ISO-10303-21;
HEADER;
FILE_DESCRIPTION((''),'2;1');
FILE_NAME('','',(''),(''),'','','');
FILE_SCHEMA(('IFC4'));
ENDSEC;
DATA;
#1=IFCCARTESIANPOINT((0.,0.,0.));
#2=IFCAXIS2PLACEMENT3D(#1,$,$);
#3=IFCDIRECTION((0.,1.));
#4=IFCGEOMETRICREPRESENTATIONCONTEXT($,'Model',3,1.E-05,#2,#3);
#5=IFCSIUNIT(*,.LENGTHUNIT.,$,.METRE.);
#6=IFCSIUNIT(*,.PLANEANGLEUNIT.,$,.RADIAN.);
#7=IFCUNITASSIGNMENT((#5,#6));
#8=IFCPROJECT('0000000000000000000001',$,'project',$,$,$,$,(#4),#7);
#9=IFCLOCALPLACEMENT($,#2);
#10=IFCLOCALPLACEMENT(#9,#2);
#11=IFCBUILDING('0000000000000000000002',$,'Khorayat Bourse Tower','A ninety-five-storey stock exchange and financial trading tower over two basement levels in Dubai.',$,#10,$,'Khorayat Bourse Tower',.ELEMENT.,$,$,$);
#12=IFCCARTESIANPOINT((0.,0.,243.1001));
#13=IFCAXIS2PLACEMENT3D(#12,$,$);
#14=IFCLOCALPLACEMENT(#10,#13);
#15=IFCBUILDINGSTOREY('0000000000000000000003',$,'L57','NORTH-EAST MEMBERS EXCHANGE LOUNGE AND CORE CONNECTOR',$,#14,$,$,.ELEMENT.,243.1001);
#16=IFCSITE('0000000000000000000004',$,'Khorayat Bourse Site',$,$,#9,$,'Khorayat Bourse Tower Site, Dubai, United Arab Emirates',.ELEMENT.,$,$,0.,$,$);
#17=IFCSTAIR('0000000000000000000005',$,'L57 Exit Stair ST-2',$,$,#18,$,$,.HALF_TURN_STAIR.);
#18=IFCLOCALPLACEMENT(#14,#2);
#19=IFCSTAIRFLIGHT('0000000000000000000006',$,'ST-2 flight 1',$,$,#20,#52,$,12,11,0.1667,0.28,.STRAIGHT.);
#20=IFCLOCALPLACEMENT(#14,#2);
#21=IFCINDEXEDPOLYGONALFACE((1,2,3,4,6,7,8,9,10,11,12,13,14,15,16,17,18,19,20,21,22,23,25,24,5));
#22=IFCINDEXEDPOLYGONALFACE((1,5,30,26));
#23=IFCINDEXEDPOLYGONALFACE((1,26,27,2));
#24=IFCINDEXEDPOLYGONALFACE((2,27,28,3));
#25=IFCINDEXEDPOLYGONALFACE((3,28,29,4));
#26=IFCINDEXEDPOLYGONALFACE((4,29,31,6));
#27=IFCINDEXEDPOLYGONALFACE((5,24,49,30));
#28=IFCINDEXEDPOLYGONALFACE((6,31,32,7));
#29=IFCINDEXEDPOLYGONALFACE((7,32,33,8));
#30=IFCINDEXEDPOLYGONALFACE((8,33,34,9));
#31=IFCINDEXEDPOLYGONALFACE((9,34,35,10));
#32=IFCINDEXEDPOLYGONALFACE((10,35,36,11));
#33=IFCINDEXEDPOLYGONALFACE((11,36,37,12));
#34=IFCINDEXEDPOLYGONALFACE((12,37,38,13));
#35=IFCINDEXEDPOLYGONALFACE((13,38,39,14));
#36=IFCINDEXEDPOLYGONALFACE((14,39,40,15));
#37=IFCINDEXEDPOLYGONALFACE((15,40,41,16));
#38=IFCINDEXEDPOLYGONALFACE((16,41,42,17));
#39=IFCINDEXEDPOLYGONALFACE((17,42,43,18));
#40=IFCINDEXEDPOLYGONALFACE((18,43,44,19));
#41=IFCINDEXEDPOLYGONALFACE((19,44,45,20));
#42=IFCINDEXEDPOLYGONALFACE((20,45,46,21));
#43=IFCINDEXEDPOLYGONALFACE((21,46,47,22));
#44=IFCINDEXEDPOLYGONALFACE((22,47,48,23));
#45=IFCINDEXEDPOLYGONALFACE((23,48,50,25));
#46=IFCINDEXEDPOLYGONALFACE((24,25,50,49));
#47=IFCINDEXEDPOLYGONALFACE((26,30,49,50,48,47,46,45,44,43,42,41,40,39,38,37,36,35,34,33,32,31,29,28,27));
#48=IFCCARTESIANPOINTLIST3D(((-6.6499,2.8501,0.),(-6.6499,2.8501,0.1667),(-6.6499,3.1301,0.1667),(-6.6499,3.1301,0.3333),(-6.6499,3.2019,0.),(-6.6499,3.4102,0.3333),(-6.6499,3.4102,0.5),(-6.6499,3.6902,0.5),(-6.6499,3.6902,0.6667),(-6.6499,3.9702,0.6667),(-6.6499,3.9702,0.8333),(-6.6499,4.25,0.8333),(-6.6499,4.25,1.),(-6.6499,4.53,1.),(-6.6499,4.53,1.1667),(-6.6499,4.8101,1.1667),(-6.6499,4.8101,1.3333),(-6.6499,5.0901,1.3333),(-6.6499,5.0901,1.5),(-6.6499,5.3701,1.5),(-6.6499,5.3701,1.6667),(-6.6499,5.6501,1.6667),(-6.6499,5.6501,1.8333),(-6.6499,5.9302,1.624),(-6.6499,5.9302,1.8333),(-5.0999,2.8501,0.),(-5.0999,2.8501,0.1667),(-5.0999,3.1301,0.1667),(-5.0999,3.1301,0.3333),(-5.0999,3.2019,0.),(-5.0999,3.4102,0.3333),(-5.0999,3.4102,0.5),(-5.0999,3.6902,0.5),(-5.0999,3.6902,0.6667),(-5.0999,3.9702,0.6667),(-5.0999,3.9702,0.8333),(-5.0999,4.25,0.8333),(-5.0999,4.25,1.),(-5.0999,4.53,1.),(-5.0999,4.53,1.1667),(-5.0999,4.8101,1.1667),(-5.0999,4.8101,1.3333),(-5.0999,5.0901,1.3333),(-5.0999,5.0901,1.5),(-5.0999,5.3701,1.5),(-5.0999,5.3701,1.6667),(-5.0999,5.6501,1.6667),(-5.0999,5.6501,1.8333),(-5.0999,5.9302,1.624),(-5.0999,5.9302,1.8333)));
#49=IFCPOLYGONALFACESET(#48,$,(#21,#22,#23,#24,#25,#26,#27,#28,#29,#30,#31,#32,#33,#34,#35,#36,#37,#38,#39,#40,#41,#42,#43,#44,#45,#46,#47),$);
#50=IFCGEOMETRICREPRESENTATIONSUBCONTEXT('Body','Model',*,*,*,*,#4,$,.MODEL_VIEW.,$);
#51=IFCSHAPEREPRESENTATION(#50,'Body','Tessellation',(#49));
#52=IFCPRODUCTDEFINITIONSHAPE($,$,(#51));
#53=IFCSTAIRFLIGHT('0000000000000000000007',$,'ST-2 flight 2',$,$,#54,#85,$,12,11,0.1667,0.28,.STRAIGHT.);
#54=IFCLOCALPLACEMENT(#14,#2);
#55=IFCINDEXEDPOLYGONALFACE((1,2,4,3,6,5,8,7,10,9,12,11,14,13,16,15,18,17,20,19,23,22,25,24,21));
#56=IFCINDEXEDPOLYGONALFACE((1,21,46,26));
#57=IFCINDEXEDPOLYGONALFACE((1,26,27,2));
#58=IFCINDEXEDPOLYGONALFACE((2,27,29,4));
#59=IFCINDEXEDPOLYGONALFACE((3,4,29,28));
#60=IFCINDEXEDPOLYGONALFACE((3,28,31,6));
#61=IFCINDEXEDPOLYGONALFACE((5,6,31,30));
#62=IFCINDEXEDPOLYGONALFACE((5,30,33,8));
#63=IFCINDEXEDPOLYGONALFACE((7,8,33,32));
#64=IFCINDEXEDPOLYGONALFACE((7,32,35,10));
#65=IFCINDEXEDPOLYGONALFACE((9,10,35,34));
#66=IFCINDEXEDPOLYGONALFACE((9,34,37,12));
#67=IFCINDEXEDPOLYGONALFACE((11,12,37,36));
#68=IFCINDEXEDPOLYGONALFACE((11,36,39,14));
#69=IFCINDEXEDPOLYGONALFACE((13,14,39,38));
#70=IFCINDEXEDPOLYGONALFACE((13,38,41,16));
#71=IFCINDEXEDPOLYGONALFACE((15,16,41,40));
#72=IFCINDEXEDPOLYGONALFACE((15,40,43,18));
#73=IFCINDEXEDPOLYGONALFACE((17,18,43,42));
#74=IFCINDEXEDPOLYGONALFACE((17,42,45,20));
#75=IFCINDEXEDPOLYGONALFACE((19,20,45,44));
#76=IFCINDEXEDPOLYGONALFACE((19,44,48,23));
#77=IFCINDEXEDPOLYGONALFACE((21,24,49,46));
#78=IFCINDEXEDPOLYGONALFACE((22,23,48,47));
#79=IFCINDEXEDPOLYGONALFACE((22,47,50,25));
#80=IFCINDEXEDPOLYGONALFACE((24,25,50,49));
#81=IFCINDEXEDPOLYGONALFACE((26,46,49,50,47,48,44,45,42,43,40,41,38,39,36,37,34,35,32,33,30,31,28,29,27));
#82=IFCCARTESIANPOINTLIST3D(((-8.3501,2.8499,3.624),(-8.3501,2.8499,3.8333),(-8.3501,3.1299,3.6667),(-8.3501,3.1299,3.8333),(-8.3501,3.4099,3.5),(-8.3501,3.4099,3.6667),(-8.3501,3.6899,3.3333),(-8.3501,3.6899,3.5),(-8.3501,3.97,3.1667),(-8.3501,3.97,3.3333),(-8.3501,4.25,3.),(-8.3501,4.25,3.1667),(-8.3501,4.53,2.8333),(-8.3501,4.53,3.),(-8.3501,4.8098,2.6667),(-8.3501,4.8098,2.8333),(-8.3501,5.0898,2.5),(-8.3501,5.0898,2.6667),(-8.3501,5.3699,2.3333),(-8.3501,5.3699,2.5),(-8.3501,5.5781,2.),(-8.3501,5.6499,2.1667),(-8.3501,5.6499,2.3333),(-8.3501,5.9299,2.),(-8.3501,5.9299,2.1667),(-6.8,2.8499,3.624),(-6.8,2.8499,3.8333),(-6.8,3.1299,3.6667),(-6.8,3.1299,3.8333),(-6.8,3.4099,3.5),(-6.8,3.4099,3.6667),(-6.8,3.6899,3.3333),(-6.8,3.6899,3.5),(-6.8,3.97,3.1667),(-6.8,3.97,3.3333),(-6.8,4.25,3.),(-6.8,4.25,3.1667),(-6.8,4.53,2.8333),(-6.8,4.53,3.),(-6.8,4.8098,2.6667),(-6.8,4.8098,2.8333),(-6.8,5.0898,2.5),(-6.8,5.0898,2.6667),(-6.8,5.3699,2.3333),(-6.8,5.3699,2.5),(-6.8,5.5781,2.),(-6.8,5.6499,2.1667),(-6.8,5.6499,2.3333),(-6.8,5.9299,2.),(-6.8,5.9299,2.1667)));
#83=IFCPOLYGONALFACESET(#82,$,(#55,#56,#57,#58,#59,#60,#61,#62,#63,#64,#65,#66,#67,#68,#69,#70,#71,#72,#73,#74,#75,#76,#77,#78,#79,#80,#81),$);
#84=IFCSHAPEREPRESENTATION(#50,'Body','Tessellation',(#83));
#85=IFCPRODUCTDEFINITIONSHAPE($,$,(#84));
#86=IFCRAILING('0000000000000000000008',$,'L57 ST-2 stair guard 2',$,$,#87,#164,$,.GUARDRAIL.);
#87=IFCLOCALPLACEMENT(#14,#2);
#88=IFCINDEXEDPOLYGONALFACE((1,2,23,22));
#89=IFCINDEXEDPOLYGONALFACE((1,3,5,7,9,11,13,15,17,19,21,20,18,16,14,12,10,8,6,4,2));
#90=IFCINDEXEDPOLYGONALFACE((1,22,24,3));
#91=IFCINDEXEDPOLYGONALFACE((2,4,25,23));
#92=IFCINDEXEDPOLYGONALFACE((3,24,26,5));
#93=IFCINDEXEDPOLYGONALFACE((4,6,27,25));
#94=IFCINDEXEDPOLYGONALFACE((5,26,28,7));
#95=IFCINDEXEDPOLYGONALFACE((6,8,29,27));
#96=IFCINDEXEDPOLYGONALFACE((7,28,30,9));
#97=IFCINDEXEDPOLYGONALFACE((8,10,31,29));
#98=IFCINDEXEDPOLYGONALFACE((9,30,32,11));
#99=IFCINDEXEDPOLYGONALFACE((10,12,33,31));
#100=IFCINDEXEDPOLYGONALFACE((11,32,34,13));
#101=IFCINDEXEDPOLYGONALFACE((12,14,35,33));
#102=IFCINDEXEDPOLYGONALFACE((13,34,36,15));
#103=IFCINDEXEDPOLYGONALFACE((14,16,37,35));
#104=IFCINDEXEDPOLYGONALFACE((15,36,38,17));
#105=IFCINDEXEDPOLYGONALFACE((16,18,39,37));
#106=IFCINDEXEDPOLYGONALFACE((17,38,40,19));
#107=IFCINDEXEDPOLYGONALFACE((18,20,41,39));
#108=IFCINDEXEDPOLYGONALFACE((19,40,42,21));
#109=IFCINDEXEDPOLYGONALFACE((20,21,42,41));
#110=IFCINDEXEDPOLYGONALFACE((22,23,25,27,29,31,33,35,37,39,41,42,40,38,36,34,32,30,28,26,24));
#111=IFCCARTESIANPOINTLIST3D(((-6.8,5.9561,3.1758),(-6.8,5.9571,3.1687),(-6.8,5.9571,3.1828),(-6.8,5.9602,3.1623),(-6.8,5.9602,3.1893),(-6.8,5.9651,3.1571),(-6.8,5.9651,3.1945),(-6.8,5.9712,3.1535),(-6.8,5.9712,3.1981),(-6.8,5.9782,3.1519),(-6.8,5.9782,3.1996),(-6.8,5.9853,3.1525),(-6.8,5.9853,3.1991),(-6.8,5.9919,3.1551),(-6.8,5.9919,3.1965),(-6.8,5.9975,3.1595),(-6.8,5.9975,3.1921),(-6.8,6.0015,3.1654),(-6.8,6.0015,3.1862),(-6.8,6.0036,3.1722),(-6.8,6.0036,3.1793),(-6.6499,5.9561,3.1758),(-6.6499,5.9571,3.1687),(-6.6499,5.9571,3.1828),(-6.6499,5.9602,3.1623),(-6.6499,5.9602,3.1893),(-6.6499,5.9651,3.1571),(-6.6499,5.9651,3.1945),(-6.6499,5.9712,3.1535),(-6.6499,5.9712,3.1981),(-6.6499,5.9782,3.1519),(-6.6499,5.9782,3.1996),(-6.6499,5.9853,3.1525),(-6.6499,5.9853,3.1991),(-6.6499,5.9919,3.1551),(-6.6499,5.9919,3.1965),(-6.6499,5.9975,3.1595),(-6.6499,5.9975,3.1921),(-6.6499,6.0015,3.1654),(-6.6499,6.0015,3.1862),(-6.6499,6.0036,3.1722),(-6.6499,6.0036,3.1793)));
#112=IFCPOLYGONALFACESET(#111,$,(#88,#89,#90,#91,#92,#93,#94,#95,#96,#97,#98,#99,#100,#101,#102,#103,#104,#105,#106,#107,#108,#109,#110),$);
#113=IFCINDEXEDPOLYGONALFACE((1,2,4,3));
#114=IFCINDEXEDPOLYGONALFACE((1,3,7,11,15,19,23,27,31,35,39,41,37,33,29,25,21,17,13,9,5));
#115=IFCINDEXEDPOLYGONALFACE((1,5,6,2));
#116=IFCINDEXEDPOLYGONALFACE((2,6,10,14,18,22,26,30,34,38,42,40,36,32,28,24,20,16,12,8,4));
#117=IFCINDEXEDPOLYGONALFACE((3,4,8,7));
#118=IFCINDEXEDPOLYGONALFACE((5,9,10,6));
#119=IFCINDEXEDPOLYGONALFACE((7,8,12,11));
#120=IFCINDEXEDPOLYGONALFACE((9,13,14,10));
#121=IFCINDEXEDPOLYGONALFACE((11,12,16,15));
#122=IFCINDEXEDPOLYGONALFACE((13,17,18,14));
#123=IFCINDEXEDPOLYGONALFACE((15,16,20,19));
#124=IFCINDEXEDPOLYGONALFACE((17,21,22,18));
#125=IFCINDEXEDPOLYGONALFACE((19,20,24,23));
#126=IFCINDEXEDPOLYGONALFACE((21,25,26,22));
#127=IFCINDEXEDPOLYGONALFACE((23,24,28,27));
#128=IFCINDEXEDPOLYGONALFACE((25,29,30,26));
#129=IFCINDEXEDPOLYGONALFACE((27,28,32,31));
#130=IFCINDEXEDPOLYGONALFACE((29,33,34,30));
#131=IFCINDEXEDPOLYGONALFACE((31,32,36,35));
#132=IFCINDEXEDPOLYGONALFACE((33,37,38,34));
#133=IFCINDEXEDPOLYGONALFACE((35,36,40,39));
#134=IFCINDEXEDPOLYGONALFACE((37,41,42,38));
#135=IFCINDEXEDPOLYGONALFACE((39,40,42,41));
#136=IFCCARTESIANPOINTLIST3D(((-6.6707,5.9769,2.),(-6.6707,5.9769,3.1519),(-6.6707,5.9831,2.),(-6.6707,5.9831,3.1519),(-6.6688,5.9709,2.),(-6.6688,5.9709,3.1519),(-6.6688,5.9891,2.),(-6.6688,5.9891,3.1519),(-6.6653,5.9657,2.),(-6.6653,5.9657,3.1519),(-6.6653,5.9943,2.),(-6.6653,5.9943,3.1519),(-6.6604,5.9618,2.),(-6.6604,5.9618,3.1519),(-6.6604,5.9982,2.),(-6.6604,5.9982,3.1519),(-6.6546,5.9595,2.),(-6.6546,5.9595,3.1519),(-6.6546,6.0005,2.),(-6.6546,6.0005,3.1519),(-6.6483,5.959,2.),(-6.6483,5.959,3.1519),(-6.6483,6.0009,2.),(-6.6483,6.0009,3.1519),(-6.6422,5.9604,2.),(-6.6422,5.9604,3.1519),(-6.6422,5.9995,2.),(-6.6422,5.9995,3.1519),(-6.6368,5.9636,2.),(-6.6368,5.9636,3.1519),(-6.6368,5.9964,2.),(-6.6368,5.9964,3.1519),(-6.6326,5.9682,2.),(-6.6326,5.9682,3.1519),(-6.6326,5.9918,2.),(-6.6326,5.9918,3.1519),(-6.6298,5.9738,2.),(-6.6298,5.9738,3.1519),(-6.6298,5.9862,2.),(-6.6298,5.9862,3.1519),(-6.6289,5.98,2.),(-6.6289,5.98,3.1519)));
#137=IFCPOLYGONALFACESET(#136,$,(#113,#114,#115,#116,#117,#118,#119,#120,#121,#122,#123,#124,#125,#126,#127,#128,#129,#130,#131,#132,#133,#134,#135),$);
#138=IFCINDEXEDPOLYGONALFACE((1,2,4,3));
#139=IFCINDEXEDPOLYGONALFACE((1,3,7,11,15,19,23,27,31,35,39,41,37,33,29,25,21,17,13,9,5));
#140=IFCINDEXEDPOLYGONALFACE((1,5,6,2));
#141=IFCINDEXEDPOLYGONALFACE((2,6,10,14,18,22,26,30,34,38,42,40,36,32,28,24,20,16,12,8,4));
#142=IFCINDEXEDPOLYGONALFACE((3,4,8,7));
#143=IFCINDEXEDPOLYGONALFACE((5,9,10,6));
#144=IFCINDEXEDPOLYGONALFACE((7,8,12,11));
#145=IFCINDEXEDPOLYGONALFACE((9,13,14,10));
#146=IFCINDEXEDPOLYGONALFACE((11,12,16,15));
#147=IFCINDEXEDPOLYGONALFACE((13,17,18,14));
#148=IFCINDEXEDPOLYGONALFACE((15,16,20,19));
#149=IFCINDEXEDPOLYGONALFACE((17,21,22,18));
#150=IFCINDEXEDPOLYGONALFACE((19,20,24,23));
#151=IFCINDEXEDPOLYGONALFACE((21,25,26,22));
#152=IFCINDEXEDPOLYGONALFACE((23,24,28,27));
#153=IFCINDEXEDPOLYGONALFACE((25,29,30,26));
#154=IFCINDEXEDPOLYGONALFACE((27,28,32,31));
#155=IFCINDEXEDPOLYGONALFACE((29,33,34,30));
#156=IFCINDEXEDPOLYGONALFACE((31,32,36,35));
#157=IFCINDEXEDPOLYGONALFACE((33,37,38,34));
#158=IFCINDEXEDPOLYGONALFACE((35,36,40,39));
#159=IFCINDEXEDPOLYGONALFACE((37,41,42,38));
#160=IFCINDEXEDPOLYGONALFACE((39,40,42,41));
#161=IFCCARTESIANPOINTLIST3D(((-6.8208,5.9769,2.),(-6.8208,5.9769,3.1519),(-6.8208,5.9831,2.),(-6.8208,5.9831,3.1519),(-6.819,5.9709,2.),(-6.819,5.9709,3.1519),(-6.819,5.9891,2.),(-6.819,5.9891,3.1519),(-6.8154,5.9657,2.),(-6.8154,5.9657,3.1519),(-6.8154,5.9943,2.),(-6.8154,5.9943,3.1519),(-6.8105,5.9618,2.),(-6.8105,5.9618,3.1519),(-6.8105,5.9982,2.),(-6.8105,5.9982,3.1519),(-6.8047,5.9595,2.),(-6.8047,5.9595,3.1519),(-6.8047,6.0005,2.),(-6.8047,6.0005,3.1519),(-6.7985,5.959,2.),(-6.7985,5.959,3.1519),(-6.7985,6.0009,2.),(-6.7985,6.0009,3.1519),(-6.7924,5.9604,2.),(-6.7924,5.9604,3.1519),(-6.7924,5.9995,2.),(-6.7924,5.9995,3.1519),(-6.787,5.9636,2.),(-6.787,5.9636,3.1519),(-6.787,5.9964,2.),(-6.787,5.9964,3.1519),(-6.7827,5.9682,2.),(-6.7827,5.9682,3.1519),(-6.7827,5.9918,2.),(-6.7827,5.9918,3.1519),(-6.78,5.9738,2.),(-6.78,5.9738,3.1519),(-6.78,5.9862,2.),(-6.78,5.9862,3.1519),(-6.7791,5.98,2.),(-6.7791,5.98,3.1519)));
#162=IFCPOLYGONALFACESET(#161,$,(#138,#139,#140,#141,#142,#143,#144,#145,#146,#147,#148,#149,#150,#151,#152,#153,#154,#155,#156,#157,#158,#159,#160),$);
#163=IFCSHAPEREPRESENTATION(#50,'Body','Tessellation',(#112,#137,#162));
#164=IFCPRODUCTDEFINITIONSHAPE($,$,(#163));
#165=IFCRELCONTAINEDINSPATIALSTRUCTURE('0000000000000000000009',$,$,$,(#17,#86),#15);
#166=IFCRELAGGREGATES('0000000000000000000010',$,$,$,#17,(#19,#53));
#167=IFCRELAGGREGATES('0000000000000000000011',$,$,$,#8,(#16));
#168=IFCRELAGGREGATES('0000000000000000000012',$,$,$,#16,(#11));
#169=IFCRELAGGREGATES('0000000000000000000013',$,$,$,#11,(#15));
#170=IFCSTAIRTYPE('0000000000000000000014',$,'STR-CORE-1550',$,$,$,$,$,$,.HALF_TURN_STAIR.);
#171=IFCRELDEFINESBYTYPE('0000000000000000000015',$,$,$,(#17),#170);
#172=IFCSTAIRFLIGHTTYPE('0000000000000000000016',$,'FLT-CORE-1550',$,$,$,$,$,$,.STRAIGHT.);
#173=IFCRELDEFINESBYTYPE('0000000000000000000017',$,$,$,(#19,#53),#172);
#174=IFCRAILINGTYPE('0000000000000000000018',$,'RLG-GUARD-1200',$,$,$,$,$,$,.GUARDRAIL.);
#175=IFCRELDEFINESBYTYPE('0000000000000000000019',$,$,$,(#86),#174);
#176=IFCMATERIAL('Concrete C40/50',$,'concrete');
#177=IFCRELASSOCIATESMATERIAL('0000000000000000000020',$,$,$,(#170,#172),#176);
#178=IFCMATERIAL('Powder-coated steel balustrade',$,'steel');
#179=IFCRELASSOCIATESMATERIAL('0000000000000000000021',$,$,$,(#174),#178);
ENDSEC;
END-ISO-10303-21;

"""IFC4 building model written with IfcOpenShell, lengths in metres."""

from ifc_helpers import new_model, si_unit, direction, frame, origin, origin_2d, place, context, subcontext, project, spatial, polyline, circle, outline, extrude, source, transform, mapped, material, type_object, element, aggregate, save


model = new_model("IFC4")

# Units and contexts
model_context = context("Model", 3, precision=1e-05, world=origin(), true_north=direction((0.0, 1.0)))
body_context = subcontext(model_context, "Body", "Model", "MODEL_VIEW")
ifc_project = project(units=[si_unit("LENGTHUNIT", "METRE"), si_unit("PLANEANGLEUNIT", "RADIAN")], contexts=[model_context])

# Site, building, storey
site_placement = place(None, origin())
site = spatial("IfcSite", under=ifc_project, at=site_placement, Name="Khorayat Bourse Site", LongName="Khorayat Bourse Tower Site, Dubai, United Arab Emirates", CompositionType="ELEMENT", RefElevation=0.0)
building_placement = place(site_placement, origin())
building = spatial("IfcBuilding", under=site, at=building_placement, Name="Khorayat Bourse Tower", Description="A ninety-five-storey stock exchange and financial trading tower over two basement levels in Dubai.", LongName="Khorayat Bourse Tower", CompositionType="ELEMENT")
storey_placement = place(building_placement, frame((0.0, 0.0, 243.1001)))
storey = spatial("IfcBuildingStorey", under=building, at=storey_placement, Name="L57", Description="NORTH-EAST MEMBERS EXCHANGE LOUNGE AND CORE CONNECTOR", CompositionType="ELEMENT", Elevation=243.1001)

# Stair, stair flights
ifc_material_1 = material(Name="Concrete C40/50", Category="concrete")
stair_type = type_object("IfcStairType", Name="STR-CORE-1550", PredefinedType="HALF_TURN_STAIR", material=ifc_material_1)
stair_placement = place(storey_placement, origin())
stair = element("IfcStair", 1, at=stair_placement, inside=storey, type_object=stair_type, Name="L57 Exit Stair ST-2", PredefinedType="HALF_TURN_STAIR")
stair_flight_type = type_object("IfcStairFlightType", Name="FLT-CORE-1550", PredefinedType="STRAIGHT", material=ifc_material_1)
shared_shape_1 = source(origin(), body_context, "Body", "SweptSolid", [
    extrude(outline(polyline([(0.0, 0.0), (0.0, 0.1667), (0.28, 0.1667), (0.28, 0.3333), (0.5601, 0.3333), (0.5601, 0.5), (0.8401, 0.5), (0.8401, 0.6667), (1.1201, 0.6667), (1.1201, 0.8333), (1.3999, 0.8333), (1.3999, 1.0), (1.6799, 1.0), (1.6799, 1.1667), (1.96, 1.1667), (1.96, 1.3333), (2.24, 1.3333), (2.24, 1.5), (2.52, 1.5), (2.52, 1.6667), (2.8, 1.6667), (2.8, 1.8333), (3.0801, 1.8333), (3.0801, 2.0), (3.0801, 1.624), (0.3518, 0.0), (0.0, 0.0)])), frame((0.0, 0.7749, 0.0), z_axis=(0.0, -1.0, 0.0), x_axis=(1.0, 0.0, 0.0)), (0.0, 0.0, 1.0), 1.55),
])
stair_flight_1_placement = place(storey_placement, frame((-5.875, 2.8501, 0.0), z_axis=(0.0, 0.0, 1.0), x_axis=(0.0, 1.0, 0.0)))
stair_flight_1 = element("IfcStairFlight", 2, at=stair_flight_1_placement, type_object=stair_flight_type, Name="ST-2 flight 1", NumberOfRisers=12, NumberOfTreads=11, PredefinedType="STRAIGHT", RiserHeight=0.1667, TreadLength=0.28, context=body_context, shape_type="MappedRepresentation", body=[
    mapped(shared_shape_1, transform((0.0, 0.0, 0.0), scale=1.0)),
])
stair_flight_2_placement = place(storey_placement, frame((-7.575, 5.9299, 2.0), z_axis=(0.0, 0.0, 1.0), x_axis=(0.0, -1.0, 0.0)))
stair_flight_2 = element("IfcStairFlight", 3, at=stair_flight_2_placement, type_object=stair_flight_type, Name="ST-2 flight 2", NumberOfRisers=12, NumberOfTreads=11, PredefinedType="STRAIGHT", RiserHeight=0.1667, TreadLength=0.28, context=body_context, shape_type="MappedRepresentation", body=[
    mapped(shared_shape_1, transform((0.0, 0.0, 0.0), scale=1.0)),
])
aggregate(stair, [stair_flight_1, stair_flight_2])

# Railing
ifc_material_2 = material(Name="Powder-coated steel balustrade", Category="steel")
railing_type_1 = type_object("IfcRailingType", Name="RLG-GUARD-1200", PredefinedType="GUARDRAIL", material=ifc_material_2)
shared_shape_2 = source(origin(), body_context, "Body", "SweptSolid", [
    extrude(circle(Radius=0.0239, at=origin_2d()), frame((0.0, 0.0, 1.1758), z_axis=(-1.0, 0.0, 0.0), x_axis=(0.0, -1.0, 0.0)), (0.0, 0.0, 1.0), 0.1501),
    extrude(circle(Radius=0.021, at=origin_2d()), origin(), (0.0, 0.0, 1.0), 1.1519),
    extrude(circle(Radius=0.021, at=origin_2d()), frame((-0.1501, 0.0, 0.0)), (0.0, 0.0, 1.0), 1.1519),
])
for number, where, name in (
    (4, (-6.6499, 5.98, 2.0), "L57 ST-2 stair guard 2"),
):
    element("IfcRailing", number, at=place(storey_placement, frame(where)), inside=storey, type_object=railing_type_1, Name=name, PredefinedType="GUARDRAIL", context=body_context, shape_type="MappedRepresentation", body=[
        mapped(shared_shape_2, transform((0.0, 0.0, 0.0), scale=1.0)),
    ])

save(model, "model.ifc")
